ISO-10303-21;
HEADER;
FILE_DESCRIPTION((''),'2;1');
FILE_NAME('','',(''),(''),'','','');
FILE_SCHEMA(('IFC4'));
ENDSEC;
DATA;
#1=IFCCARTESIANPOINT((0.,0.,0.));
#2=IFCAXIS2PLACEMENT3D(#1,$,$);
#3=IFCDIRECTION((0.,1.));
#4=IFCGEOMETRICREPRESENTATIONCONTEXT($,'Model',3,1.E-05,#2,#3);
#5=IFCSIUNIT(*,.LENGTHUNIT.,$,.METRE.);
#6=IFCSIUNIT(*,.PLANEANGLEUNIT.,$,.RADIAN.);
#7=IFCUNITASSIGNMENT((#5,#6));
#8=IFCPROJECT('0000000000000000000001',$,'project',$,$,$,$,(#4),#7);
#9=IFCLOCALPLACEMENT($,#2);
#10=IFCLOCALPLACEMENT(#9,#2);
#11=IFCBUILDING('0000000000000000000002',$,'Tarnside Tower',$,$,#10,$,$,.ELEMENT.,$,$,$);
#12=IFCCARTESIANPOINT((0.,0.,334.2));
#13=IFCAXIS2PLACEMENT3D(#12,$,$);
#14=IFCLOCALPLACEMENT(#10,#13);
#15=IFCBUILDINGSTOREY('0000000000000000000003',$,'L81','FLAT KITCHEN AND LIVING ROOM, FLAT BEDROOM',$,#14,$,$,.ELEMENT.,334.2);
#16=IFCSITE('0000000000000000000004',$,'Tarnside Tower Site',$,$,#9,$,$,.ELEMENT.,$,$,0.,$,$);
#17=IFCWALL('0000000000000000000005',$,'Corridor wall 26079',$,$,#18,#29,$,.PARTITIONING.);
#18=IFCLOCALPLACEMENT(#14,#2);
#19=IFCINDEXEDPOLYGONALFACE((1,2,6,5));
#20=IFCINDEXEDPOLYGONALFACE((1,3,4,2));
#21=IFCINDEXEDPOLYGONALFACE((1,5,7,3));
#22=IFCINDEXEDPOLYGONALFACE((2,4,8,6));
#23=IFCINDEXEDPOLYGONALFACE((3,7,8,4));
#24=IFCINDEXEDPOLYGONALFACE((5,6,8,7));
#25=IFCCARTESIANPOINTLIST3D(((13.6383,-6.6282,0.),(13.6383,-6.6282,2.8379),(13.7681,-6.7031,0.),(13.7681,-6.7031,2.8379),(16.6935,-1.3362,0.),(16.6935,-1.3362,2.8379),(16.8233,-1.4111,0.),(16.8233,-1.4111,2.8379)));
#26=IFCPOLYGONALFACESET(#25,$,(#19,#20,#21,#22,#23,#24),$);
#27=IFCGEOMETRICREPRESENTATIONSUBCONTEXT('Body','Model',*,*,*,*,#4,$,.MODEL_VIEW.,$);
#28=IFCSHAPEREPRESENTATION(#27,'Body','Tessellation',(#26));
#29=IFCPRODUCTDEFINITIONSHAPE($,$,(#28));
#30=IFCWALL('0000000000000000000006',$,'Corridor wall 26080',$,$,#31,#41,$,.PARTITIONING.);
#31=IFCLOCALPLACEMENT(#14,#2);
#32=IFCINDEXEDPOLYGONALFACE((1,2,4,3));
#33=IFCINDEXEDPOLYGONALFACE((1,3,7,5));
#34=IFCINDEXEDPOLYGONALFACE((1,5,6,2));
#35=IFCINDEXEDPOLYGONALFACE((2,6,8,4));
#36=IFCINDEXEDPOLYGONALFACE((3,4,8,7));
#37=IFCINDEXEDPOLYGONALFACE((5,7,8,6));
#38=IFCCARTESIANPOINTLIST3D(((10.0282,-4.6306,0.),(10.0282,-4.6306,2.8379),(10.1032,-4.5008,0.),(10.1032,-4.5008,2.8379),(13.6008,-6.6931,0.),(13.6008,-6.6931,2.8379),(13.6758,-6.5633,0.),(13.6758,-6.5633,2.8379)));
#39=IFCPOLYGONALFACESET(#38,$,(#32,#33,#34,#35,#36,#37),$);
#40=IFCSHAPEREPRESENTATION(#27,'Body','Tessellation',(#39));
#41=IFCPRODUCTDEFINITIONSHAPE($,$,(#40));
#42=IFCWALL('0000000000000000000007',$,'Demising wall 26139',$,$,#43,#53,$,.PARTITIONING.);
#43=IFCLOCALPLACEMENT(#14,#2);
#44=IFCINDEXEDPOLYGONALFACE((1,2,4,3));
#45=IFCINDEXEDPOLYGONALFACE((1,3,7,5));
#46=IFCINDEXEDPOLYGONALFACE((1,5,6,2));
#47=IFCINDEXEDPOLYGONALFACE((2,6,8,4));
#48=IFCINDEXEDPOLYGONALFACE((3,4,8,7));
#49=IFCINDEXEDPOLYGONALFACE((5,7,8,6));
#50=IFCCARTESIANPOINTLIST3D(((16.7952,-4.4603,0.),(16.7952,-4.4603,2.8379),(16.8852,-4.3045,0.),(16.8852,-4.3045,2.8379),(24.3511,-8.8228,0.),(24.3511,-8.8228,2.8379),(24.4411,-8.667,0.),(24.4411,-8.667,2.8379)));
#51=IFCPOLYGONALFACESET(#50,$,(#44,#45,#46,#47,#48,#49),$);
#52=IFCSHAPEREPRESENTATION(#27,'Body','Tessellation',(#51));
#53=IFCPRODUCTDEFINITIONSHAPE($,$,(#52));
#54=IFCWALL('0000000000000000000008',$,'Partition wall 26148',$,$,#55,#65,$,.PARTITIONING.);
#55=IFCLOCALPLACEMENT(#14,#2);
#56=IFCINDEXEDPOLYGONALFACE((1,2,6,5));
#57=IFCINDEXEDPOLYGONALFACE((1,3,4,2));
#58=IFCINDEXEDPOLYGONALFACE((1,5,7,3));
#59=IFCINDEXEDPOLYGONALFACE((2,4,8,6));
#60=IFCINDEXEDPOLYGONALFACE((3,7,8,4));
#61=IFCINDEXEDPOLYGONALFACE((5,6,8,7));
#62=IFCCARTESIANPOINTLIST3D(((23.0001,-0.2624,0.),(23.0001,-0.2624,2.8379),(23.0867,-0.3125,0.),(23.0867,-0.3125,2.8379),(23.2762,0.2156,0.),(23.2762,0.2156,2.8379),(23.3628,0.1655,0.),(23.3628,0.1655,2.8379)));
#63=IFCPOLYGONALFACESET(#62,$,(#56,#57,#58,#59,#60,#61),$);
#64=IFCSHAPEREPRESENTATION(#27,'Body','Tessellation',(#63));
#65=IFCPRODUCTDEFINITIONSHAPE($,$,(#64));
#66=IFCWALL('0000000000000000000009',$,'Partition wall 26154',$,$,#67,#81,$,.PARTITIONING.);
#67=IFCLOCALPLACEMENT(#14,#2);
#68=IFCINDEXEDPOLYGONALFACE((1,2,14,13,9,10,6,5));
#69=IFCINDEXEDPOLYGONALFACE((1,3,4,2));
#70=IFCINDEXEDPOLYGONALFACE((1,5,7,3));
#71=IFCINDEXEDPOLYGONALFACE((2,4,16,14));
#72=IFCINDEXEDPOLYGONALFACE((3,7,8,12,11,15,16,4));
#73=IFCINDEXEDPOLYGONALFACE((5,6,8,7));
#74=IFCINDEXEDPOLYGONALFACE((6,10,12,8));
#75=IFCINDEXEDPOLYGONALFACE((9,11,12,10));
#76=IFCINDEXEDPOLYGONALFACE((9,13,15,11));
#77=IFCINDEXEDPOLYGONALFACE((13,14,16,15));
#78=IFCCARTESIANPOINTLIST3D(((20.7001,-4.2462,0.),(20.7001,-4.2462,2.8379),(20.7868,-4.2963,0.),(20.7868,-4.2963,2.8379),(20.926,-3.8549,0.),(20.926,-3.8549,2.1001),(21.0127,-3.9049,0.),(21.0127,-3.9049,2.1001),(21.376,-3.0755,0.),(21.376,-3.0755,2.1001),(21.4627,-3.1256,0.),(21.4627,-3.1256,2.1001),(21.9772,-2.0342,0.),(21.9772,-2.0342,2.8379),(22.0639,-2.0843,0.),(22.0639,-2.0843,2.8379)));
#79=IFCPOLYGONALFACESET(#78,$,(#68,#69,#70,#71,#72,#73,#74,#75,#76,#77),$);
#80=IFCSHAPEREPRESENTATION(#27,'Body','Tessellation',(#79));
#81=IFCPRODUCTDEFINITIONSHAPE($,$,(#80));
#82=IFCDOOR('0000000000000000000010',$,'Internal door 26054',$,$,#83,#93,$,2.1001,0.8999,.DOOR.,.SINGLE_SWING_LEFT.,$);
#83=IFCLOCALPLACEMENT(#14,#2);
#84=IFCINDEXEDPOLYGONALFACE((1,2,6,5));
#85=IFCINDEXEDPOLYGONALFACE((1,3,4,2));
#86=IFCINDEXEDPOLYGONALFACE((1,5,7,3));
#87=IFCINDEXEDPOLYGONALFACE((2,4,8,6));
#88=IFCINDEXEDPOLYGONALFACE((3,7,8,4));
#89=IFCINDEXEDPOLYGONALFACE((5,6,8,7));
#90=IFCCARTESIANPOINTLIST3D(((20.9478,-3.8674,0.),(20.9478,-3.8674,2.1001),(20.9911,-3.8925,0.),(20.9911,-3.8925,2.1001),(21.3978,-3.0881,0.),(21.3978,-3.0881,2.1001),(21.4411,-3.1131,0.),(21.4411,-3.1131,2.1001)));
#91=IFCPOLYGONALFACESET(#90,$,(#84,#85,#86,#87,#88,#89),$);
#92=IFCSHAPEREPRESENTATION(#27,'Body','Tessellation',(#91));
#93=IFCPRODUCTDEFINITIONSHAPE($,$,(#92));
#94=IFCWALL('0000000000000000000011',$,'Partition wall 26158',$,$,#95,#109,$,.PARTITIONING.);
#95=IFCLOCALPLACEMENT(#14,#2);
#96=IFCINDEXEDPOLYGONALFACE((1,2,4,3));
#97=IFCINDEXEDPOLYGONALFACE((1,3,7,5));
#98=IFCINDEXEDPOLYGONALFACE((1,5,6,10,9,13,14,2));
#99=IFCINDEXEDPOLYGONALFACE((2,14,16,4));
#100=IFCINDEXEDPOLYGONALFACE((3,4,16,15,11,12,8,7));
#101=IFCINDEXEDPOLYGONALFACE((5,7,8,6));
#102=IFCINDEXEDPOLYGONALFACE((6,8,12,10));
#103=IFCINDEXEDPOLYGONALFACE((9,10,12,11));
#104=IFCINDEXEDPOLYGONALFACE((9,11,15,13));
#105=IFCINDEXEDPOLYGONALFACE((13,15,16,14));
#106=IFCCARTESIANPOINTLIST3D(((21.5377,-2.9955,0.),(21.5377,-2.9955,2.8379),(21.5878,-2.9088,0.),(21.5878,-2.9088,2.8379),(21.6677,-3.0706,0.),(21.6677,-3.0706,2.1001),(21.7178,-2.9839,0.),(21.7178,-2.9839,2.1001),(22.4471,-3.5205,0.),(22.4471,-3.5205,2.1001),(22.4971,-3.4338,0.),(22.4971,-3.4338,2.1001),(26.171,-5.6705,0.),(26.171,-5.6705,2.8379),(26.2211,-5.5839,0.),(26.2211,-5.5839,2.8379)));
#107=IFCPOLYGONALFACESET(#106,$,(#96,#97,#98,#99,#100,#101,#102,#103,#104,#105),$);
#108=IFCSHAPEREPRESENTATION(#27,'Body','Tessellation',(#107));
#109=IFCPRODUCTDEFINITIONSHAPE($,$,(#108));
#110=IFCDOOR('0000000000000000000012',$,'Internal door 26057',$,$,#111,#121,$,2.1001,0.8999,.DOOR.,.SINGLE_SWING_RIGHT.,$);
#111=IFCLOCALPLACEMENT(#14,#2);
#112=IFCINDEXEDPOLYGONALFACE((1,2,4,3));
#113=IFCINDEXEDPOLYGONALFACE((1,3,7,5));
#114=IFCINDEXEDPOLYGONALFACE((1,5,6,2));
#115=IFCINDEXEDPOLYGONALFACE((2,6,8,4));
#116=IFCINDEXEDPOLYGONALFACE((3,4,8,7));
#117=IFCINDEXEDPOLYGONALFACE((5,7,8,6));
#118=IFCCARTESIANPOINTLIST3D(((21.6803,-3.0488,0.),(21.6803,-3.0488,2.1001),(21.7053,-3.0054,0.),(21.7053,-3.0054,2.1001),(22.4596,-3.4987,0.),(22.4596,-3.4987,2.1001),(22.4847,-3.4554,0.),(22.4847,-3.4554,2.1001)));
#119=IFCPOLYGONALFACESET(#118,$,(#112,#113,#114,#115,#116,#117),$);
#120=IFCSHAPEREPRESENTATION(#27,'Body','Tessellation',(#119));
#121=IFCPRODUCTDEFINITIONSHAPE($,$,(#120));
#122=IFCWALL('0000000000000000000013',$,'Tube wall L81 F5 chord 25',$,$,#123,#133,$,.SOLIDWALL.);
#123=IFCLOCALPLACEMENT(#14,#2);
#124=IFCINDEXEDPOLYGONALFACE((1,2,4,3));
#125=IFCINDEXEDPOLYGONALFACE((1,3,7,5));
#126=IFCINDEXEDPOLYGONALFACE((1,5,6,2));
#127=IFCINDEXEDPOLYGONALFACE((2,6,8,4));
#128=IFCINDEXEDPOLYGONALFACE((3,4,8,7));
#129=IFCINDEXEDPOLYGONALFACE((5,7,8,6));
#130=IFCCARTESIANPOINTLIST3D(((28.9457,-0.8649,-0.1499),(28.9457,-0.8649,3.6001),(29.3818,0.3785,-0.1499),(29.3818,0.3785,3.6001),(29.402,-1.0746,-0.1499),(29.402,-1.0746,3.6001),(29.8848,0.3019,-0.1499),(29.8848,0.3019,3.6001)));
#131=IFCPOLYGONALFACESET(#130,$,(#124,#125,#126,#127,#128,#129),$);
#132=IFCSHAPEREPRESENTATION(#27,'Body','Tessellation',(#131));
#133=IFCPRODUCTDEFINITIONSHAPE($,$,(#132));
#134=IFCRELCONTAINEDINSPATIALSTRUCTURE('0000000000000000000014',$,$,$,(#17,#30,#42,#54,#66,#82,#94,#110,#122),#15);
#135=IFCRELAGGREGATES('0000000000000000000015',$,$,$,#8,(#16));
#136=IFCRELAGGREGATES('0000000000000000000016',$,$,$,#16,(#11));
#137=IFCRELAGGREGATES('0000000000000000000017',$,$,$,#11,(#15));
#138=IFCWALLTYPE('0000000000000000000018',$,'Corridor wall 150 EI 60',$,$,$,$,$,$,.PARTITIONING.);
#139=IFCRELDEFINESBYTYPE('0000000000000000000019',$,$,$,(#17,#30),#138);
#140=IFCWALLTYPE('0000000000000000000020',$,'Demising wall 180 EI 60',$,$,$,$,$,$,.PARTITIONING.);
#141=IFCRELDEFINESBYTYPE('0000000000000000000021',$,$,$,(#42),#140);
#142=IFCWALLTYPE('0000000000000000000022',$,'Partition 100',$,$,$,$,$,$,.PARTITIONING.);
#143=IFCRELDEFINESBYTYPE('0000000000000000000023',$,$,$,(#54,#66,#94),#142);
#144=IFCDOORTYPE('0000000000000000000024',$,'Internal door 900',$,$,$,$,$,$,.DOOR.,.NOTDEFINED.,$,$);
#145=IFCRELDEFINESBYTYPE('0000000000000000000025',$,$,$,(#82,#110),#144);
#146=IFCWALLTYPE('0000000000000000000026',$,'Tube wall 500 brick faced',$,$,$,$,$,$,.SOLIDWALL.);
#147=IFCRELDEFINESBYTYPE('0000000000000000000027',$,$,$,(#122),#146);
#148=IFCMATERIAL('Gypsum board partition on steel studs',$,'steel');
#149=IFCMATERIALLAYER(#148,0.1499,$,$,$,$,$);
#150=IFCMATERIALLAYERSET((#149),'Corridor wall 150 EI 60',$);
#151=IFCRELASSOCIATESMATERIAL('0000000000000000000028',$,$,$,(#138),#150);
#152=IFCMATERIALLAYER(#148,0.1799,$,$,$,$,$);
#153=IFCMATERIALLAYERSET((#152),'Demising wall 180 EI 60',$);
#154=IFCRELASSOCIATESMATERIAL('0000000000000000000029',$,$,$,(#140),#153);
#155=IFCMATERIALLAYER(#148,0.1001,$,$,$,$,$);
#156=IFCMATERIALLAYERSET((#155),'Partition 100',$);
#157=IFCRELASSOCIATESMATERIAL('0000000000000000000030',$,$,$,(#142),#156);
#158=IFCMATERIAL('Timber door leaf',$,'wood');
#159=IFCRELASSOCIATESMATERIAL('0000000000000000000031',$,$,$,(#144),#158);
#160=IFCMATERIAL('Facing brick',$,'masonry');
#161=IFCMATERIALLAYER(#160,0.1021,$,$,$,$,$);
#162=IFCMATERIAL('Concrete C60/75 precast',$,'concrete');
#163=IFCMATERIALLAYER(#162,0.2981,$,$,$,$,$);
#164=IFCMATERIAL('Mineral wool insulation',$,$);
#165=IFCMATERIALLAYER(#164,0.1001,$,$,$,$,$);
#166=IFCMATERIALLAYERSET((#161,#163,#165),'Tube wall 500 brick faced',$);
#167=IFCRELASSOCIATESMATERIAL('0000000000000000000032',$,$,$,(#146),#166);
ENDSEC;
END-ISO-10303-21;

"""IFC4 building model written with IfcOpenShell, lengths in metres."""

from ifc_helpers import new_model, si_unit, direction, frame, frame_2d, origin, place, context, subcontext, project, spatial, polyline, rectangle, outline, extrude, material, layer, layer_set, type_object, element, fill, save


model = new_model("IFC4")

# Units and contexts
model_context = context("Model", 3, precision=1e-05, world=origin(), true_north=direction((0.0, 1.0)))
body_context = subcontext(model_context, "Body", "Model", "MODEL_VIEW")
ifc_project = project(units=[si_unit("LENGTHUNIT", "METRE"), si_unit("PLANEANGLEUNIT", "RADIAN")], contexts=[model_context])

# Site, building, storey
site_placement = place(None, origin())
site = spatial("IfcSite", under=ifc_project, at=site_placement, Name="Tarnside Tower Site", CompositionType="ELEMENT", RefElevation=0.0)
building_placement = place(site_placement, origin())
building = spatial("IfcBuilding", under=site, at=building_placement, Name="Tarnside Tower", CompositionType="ELEMENT")
storey_placement = place(building_placement, frame((0.0, 0.0, 334.2)))
storey = spatial("IfcBuildingStorey", under=building, at=storey_placement, Name="L81", Description="FLAT KITCHEN AND LIVING ROOM, FLAT BEDROOM", CompositionType="ELEMENT", Elevation=334.2)

# Shared definitions
ifc_material_1 = material(Name="Gypsum board partition on steel studs", Category="steel")

# Shared definitions
ifc_material_2 = material(Name="Timber door leaf", Category="wood")

# Shared definitions
ifc_layer_1 = layer(ifc_material_1, 0.1499)
ifc_layer_set_1 = layer_set([ifc_layer_1], Name="Corridor wall 150 EI 60")
wall_type_1 = type_object("IfcWallType", Name="Corridor wall 150 EI 60", PredefinedType="PARTITIONING", material=ifc_layer_set_1)

# Walls
wall_1_placement = place(storey_placement, frame((16.7583, -1.3738, 0.0), z_axis=(0.0, 0.0, 1.0), x_axis=(-0.499981, -0.866037, 0.0)))
element("IfcWall", 1, at=wall_1_placement, inside=storey, type_object=wall_type_1, Name="Corridor wall 26079", PredefinedType="PARTITIONING", context=body_context, shape_type="SweptSolid", body=[
    extrude(rectangle(XDim=6.1106, YDim=0.1499, at=frame_2d((3.0552, 0.0))), origin(), (0.0, 0.0, 1.0), 2.8379),
])
wall_2_placement = place(storey_placement, frame((13.6382, -6.6282, 0.0), z_axis=(0.0, 0.0, 1.0), x_axis=(-0.866035, 0.499984, 0.0)))
element("IfcWall", 2, at=wall_2_placement, inside=storey, type_object=wall_type_1, Name="Corridor wall 26080", PredefinedType="PARTITIONING", context=body_context, shape_type="SweptSolid", body=[
    extrude(rectangle(XDim=4.1252, YDim=0.1499, at=frame_2d((2.0625, 0.0))), origin(), (0.0, 0.0, 1.0), 2.8379),
])
ifc_layer_2 = layer(ifc_material_1, 0.1799)
ifc_layer_set_2 = layer_set([ifc_layer_2], Name="Demising wall 180 EI 60")
wall_type_2 = type_object("IfcWallType", Name="Demising wall 180 EI 60", PredefinedType="PARTITIONING", material=ifc_layer_set_2)
wall_3_placement = place(storey_placement, frame((24.396, -8.7449, 0.0), z_axis=(0.0, 0.0, 1.0), x_axis=(-0.866018, 0.500012, 0.0)))
element("IfcWall", 3, at=wall_3_placement, inside=storey, type_object=wall_type_2, Name="Demising wall 26139", PredefinedType="PARTITIONING", context=body_context, shape_type="SweptSolid", body=[
    extrude(rectangle(XDim=8.7249, YDim=0.1799, at=frame_2d((4.3623, 0.0))), origin(), (0.0, 0.0, 1.0), 2.8379),
])
ifc_layer_3 = layer(ifc_material_1, 0.1001)
ifc_layer_set_3 = layer_set([ifc_layer_3], Name="Partition 100")
wall_type_3 = type_object("IfcWallType", Name="Partition 100", PredefinedType="PARTITIONING", material=ifc_layer_set_3)
wall_4_placement = place(storey_placement, frame((23.0435, -0.2874, 0.0), z_axis=(0.0, 0.0, 1.0), x_axis=(0.500182, 0.86592, 0.0)))
element("IfcWall", 4, at=wall_4_placement, inside=storey, type_object=wall_type_3, Name="Partition wall 26148", PredefinedType="PARTITIONING", context=body_context, shape_type="SweptSolid", body=[
    extrude(rectangle(XDim=0.552, YDim=0.1001, at=frame_2d((0.2759, 0.0))), origin(), (0.0, 0.0, 1.0), 2.8379),
])

# Walls, openings, doors
wall_5_placement = place(storey_placement, frame((20.7434, -4.2712, 0.0), z_axis=(0.0, 0.0, 1.0), x_axis=(0.500015, 0.866017, 0.0)))
wall_5 = element("IfcWall", 5, at=wall_5_placement, inside=storey, type_object=wall_type_3, Name="Partition wall 26154", PredefinedType="PARTITIONING", context=body_context, shape_type="SweptSolid", body=[
    extrude(rectangle(XDim=2.5542, YDim=0.1001, at=frame_2d((1.2771, 0.0))), origin(), (0.0, 0.0, 1.0), 2.8379),
])
opening_1_placement = place(wall_5_placement, frame((0.4519, 0.0, 0.0)))
opening_1 = element("IfcOpeningElement", 6, at=opening_1_placement, cuts=wall_5, PredefinedType="OPENING", context=body_context, shape_type="SweptSolid", body=[
    extrude(rectangle(XDim=0.8999, YDim=2.1001, at=frame_2d((0.45, 1.05))), frame((0.0, 0.0601, 0.0), z_axis=(0.0, -1.0, 0.0), x_axis=(1.0, 0.0, 0.0)), (0.0, 0.0, 1.0), 0.1201),
])
door_type_1 = type_object("IfcDoorType", Name="Internal door 900", OperationType="NOTDEFINED", PredefinedType="DOOR", material=ifc_material_2)
door_1_placement = place(opening_1_placement, origin())
door_1 = element("IfcDoor", 7, at=door_1_placement, inside=storey, type_object=door_type_1, Name="Internal door 26054", OperationType="SINGLE_SWING_LEFT", OverallHeight=2.1001, OverallWidth=0.8999, PredefinedType="DOOR", context=body_context, shape_type="SweptSolid", body=[
    extrude(rectangle(XDim=0.8999, YDim=2.1001, at=frame_2d((0.45, 1.05))), frame((0.0, 0.0249, 0.0), z_axis=(0.0, -1.0, 0.0), x_axis=(1.0, 0.0, 0.0)), (0.0, 0.0, 1.0), 0.05),
])
fill(opening_1, door_1)
wall_6_placement = place(storey_placement, frame((26.196, -5.6272, 0.0), z_axis=(0.0, 0.0, 1.0), x_axis=(-0.866024, 0.500002, 0.0)))
wall_6 = element("IfcWall", 8, at=wall_6_placement, inside=storey, type_object=wall_type_3, Name="Partition wall 26158", PredefinedType="PARTITIONING", context=body_context, shape_type="SweptSolid", body=[
    extrude(rectangle(XDim=5.3501, YDim=0.1001, at=frame_2d((2.675, 0.0))), origin(), (0.0, 0.0, 1.0), 2.8379),
])
opening_2_placement = place(wall_6_placement, frame((4.3, 0.0, 0.0)))
opening_2 = element("IfcOpeningElement", 9, at=opening_2_placement, cuts=wall_6, PredefinedType="OPENING", context=body_context, shape_type="SweptSolid", body=[
    extrude(rectangle(XDim=0.8999, YDim=2.1001, at=frame_2d((0.45, 1.05))), frame((0.0, 0.0601, 0.0), z_axis=(0.0, -1.0, 0.0), x_axis=(1.0, 0.0, 0.0)), (0.0, 0.0, 1.0), 0.1201),
])
door_2_placement = place(opening_2_placement, origin())
door_2 = element("IfcDoor", 10, at=door_2_placement, inside=storey, type_object=door_type_1, Name="Internal door 26057", OperationType="SINGLE_SWING_RIGHT", OverallHeight=2.1001, OverallWidth=0.8999, PredefinedType="DOOR", context=body_context, shape_type="SweptSolid", body=[
    extrude(rectangle(XDim=0.8999, YDim=2.1001, at=frame_2d((0.45, 1.05))), frame((0.0, 0.0249, 0.0), z_axis=(0.0, -1.0, 0.0), x_axis=(1.0, 0.0, 0.0)), (0.0, 0.0, 1.0), 0.05),
])
fill(opening_2, door_2)

# Wall
ifc_material_3 = material(Name="Facing brick", Category="masonry")
ifc_layer_4 = layer(ifc_material_3, 0.1021)
ifc_material_4 = material(Name="Concrete C60/75 precast", Category="concrete")
ifc_layer_5 = layer(ifc_material_4, 0.2981)
ifc_material_5 = material(Name="Mineral wool insulation")
ifc_layer_6 = layer(ifc_material_5, 0.1001)
ifc_layer_set_4 = layer_set([ifc_layer_4, ifc_layer_5, ifc_layer_6], Name="Tube wall 500 brick faced")
wall_type_4 = type_object("IfcWallType", Name="Tube wall 500 brick faced", PredefinedType="SOLIDWALL", material=ifc_layer_set_4)
wall_7_placement = place(storey_placement, frame((29.1738, -0.9697, -0.1499), z_axis=(0.0, 0.0, 1.0), x_axis=(0.330961, 0.943644, 0.0)))
element("IfcWall", 11, at=wall_7_placement, inside=storey, type_object=wall_type_4, Name="Tube wall L81 F5 chord 25", PredefinedType="SOLIDWALL", context=body_context, shape_type="SweptSolid", body=[
    extrude(outline(polyline([(-0.0234, -0.25), (1.4353, -0.25), (1.3411, 0.25), (0.0234, 0.25), (-0.0234, -0.25)])), origin(), (0.0, 0.0, 1.0), 3.75),
])

save(model, "model.ifc")
